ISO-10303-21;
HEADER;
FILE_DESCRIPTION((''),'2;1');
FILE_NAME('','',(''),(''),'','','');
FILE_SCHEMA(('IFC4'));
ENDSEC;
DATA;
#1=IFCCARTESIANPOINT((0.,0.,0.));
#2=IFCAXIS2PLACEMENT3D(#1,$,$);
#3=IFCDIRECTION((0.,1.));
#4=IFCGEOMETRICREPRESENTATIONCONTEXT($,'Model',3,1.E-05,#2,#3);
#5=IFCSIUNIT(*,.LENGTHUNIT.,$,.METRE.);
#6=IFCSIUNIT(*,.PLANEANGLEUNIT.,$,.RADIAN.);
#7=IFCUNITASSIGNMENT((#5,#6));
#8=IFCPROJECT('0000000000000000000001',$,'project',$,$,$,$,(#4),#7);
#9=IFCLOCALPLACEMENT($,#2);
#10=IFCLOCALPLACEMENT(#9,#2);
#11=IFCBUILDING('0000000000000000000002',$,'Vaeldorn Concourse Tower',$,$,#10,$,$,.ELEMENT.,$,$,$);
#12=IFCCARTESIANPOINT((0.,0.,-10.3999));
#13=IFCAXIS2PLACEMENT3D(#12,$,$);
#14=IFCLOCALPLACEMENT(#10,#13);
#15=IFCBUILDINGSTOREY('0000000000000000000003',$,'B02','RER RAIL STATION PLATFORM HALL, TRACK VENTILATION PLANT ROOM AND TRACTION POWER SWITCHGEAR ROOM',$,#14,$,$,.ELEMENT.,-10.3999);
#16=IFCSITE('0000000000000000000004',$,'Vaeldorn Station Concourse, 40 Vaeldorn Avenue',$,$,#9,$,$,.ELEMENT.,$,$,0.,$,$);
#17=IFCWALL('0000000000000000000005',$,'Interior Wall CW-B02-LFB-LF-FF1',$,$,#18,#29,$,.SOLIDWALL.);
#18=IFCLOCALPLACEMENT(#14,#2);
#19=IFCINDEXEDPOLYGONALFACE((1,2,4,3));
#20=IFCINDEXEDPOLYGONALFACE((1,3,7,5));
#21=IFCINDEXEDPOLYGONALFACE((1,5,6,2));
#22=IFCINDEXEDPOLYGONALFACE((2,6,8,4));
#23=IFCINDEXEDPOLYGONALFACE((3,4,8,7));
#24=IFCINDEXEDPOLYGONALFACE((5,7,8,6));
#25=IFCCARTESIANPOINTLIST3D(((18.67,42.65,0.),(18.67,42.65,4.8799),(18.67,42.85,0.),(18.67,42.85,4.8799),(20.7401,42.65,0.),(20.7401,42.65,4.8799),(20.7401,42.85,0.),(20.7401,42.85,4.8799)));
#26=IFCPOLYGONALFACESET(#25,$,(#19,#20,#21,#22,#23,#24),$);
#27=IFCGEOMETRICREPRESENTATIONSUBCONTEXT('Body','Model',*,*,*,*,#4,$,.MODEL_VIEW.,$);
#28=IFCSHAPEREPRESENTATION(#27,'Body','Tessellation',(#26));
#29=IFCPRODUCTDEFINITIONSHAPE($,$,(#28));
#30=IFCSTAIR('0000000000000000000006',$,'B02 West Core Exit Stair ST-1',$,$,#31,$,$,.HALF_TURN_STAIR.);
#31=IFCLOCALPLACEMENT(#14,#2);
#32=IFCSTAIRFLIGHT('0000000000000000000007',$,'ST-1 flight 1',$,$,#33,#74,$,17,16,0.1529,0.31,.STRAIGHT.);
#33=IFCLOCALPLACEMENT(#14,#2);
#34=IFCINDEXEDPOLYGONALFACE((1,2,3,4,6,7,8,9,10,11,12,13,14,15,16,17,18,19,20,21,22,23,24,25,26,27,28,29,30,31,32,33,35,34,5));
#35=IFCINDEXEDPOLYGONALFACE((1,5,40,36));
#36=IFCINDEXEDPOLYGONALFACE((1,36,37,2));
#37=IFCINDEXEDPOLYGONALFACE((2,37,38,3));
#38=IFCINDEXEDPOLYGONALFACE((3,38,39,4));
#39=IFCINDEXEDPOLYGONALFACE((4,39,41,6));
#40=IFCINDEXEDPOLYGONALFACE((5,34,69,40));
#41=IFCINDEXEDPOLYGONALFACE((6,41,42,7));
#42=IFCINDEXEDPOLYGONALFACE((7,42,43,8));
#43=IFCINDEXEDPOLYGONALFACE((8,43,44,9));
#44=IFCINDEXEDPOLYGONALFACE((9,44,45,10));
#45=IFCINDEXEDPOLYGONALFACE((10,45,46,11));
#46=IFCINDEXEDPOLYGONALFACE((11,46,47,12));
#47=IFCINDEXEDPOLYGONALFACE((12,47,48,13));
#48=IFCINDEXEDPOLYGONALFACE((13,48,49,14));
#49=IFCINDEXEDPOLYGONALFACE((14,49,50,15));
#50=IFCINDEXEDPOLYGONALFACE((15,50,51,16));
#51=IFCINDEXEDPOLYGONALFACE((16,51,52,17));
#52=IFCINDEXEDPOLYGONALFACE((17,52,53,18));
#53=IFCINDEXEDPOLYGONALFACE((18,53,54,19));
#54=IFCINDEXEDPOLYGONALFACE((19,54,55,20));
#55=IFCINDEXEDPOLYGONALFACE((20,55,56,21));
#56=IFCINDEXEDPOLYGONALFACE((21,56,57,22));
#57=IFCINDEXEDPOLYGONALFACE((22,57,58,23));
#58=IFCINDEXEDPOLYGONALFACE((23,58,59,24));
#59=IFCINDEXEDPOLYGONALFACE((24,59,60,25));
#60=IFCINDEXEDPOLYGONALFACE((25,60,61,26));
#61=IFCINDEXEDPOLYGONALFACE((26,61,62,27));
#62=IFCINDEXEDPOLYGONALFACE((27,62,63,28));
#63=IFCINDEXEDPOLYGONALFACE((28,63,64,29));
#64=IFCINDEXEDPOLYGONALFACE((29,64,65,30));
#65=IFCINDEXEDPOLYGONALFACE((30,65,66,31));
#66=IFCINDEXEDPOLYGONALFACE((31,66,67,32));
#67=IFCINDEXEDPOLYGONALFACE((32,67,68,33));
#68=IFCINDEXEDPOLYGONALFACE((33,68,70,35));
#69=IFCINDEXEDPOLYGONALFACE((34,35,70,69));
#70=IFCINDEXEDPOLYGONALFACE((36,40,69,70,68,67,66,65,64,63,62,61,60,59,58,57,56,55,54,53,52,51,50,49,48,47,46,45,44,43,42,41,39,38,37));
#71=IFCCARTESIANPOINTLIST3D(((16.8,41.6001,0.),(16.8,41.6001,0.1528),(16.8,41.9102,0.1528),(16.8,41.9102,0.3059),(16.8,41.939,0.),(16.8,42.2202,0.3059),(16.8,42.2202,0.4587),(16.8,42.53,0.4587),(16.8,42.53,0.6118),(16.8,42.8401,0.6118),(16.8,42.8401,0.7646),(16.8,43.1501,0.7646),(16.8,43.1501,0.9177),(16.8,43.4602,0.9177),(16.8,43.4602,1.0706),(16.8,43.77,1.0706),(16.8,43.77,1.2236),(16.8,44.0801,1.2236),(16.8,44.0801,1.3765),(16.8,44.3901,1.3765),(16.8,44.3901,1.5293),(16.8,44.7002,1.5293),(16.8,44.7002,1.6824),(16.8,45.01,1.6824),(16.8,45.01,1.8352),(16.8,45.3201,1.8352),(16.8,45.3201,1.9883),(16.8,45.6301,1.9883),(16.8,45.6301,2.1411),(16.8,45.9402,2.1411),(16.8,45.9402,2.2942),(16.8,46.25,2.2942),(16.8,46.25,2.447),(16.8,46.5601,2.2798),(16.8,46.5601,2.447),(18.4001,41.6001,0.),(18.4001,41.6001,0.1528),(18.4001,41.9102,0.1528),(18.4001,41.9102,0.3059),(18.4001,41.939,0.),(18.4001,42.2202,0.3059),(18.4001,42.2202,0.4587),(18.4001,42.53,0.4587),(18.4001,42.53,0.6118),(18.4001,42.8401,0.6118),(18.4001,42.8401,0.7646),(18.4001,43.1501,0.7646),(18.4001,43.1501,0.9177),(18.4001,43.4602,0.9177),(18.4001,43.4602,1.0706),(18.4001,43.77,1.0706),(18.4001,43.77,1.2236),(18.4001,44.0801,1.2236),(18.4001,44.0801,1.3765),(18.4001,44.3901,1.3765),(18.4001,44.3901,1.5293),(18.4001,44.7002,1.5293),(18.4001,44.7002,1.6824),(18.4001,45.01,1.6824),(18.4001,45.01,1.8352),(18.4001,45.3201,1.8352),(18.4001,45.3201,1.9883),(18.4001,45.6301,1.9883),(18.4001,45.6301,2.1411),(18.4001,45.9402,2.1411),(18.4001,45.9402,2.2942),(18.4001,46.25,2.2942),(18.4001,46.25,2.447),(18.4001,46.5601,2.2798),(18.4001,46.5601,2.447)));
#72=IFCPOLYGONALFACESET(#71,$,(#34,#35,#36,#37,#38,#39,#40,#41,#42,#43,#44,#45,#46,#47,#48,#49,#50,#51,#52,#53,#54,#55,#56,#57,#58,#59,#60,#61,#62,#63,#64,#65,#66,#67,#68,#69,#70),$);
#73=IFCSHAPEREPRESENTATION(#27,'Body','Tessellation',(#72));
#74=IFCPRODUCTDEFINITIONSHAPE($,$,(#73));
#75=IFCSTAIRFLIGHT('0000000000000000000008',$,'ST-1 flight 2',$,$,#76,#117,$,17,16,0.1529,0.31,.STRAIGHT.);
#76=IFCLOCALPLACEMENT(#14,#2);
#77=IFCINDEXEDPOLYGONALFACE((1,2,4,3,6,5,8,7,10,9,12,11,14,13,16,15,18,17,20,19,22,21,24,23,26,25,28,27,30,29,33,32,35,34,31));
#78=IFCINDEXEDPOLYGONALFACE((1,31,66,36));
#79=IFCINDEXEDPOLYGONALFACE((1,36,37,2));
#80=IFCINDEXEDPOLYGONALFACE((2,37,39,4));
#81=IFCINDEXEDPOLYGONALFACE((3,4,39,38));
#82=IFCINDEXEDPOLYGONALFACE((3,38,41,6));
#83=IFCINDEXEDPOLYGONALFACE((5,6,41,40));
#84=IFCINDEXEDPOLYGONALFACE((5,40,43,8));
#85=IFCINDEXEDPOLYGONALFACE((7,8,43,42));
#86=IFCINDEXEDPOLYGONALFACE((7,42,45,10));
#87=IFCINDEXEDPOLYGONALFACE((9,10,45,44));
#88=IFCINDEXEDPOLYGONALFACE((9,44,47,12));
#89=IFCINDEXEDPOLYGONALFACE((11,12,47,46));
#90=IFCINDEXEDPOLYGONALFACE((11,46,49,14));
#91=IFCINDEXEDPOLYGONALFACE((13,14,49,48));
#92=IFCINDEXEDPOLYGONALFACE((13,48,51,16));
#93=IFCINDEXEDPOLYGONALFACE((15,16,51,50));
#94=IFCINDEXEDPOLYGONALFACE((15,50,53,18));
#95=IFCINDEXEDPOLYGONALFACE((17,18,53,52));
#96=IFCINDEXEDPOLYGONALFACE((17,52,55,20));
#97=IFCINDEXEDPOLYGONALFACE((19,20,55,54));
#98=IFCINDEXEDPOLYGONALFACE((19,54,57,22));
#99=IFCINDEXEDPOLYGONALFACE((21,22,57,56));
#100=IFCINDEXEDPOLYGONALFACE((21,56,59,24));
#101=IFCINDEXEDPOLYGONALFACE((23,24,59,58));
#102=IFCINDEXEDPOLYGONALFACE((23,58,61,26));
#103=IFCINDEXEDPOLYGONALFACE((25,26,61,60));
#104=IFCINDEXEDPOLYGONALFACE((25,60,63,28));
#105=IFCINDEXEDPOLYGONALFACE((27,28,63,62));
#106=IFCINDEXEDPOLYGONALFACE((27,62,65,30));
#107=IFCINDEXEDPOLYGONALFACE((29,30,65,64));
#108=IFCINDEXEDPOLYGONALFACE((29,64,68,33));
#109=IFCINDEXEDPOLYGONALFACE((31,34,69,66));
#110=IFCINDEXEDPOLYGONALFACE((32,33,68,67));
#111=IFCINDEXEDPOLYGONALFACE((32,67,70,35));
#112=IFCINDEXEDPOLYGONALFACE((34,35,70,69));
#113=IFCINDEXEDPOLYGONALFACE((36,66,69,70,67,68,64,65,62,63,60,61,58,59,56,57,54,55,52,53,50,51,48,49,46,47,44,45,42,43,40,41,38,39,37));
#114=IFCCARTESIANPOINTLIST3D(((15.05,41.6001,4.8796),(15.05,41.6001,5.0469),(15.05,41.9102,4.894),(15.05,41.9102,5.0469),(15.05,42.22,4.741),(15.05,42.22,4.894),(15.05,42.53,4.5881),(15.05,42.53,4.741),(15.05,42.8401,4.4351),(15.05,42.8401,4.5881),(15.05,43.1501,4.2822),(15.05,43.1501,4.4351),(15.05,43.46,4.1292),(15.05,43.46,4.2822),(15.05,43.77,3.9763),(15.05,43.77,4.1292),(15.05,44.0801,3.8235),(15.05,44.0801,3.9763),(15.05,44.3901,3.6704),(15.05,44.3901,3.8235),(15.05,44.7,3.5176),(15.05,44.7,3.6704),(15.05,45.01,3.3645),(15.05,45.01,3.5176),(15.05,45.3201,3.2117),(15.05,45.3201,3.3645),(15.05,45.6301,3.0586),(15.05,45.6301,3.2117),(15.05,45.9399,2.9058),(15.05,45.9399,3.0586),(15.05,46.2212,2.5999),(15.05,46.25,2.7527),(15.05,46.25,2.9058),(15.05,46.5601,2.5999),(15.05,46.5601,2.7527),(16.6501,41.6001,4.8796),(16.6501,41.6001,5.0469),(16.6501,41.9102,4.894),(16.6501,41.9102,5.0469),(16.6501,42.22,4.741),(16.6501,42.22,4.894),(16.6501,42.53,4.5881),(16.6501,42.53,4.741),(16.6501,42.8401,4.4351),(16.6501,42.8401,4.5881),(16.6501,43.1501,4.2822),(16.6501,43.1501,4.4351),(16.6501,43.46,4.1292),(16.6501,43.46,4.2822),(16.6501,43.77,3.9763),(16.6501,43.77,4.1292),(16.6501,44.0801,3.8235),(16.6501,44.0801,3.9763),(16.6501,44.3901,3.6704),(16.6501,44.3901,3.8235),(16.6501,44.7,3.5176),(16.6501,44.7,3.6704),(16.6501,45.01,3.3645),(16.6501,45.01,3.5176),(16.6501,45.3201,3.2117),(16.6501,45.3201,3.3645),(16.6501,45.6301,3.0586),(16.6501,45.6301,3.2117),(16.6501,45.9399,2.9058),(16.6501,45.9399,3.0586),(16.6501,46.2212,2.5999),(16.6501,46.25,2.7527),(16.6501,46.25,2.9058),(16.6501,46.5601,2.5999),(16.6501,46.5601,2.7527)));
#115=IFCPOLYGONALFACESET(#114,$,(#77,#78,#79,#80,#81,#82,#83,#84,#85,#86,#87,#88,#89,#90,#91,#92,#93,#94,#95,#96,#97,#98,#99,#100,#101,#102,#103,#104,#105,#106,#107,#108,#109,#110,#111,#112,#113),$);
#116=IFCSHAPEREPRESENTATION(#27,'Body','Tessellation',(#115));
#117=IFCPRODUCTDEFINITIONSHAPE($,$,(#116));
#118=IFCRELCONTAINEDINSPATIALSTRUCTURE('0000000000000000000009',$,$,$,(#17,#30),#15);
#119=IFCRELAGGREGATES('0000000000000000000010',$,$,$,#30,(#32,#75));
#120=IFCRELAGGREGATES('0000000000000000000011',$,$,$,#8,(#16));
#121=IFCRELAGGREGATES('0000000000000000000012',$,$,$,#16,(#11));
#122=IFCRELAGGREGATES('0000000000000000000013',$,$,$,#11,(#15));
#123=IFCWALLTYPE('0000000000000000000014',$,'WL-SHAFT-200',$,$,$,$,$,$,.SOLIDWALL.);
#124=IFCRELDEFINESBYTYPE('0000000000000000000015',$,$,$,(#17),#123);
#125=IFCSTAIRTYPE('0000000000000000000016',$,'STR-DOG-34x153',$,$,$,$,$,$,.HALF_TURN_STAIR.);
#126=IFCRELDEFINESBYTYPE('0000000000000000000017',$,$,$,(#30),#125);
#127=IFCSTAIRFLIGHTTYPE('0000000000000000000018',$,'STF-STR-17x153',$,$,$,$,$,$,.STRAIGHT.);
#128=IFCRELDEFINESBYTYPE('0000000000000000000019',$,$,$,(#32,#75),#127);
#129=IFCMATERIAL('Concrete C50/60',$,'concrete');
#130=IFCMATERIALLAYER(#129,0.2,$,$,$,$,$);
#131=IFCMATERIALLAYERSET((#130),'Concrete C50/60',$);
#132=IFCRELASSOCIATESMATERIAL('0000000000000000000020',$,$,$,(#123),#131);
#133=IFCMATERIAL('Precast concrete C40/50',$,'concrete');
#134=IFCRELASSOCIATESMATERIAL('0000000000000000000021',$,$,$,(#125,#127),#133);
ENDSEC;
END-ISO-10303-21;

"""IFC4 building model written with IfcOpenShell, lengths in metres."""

from ifc_helpers import new_model, si_unit, direction, frame, frame_2d, origin, place, context, subcontext, project, spatial, polyline, rectangle, outline, extrude, material, layer, layer_set, type_object, element, aggregate, save


model = new_model("IFC4")

# Units and contexts
model_context = context("Model", 3, precision=1e-05, world=origin(), true_north=direction((0.0, 1.0)))
body_context = subcontext(model_context, "Body", "Model", "MODEL_VIEW")
ifc_project = project(units=[si_unit("LENGTHUNIT", "METRE"), si_unit("PLANEANGLEUNIT", "RADIAN")], contexts=[model_context])

# Site, building, storey
site_placement = place(None, origin())
site = spatial("IfcSite", under=ifc_project, at=site_placement, Name="Vaeldorn Station Concourse, 40 Vaeldorn Avenue", CompositionType="ELEMENT", RefElevation=0.0)
building_placement = place(site_placement, origin())
building = spatial("IfcBuilding", under=site, at=building_placement, Name="Vaeldorn Concourse Tower", CompositionType="ELEMENT")
storey_placement = place(building_placement, frame((0.0, 0.0, -10.3999)))
storey = spatial("IfcBuildingStorey", under=building, at=storey_placement, Name="B02", Description="RER RAIL STATION PLATFORM HALL, TRACK VENTILATION PLANT ROOM AND TRACTION POWER SWITCHGEAR ROOM", CompositionType="ELEMENT", Elevation=-10.3999)

# Shared definitions
ifc_material_1 = material(Name="Concrete C50/60", Category="concrete")
ifc_layer_1 = layer(ifc_material_1, 0.2)
ifc_layer_set_1 = layer_set([ifc_layer_1], Name="Concrete C50/60")
wall_type_1 = type_object("IfcWallType", Name="WL-SHAFT-200", PredefinedType="SOLIDWALL", material=ifc_layer_set_1)

# Wall
wall_1_placement = place(storey_placement, frame((18.6699, 42.75, 0.0), z_axis=(0.0, 0.0, 1.0), x_axis=(1.0, 0.0, 0.0)))
element("IfcWall", 1, at=wall_1_placement, inside=storey, type_object=wall_type_1, Name="Interior Wall CW-B02-LFB-LF-FF1", PredefinedType="SOLIDWALL", context=body_context, shape_type="SweptSolid", body=[
    extrude(rectangle(XDim=2.0701, YDim=0.2, at=frame_2d((1.0352, 0.0))), origin(), (0.0, 0.0, 1.0), 4.8799),
])

# Stair, stair flights
ifc_material_2 = material(Name="Precast concrete C40/50", Category="concrete")
stair_type = type_object("IfcStairType", Name="STR-DOG-34x153", PredefinedType="HALF_TURN_STAIR", material=ifc_material_2)
stair_placement = place(storey_placement, origin())
stair = element("IfcStair", 2, at=stair_placement, inside=storey, type_object=stair_type, Name="B02 West Core Exit Stair ST-1", PredefinedType="HALF_TURN_STAIR")
stair_flight_type = type_object("IfcStairFlightType", Name="STF-STR-17x153", PredefinedType="STRAIGHT", material=ifc_material_2)
stair_flight_1_placement = place(storey_placement, frame((17.6001, 41.6001, 0.0), z_axis=(0.0, 0.0, 1.0), x_axis=(0.0, 1.0, 0.0)))
stair_flight_1 = element("IfcStairFlight", 3, at=stair_flight_1_placement, type_object=stair_flight_type, Name="ST-1 flight 1", NumberOfRisers=17, NumberOfTreads=16, PredefinedType="STRAIGHT", RiserHeight=0.1529, TreadLength=0.31, context=body_context, shape_type="SweptSolid", body=[
    extrude(outline(polyline([(0.0, 0.0), (0.0, 0.1528), (0.3101, 0.1528), (0.3101, 0.3059), (0.6201, 0.3059), (0.6201, 0.4587), (0.9299, 0.4587), (0.9299, 0.6118), (1.24, 0.6118), (1.24, 0.7646), (1.55, 0.7646), (1.55, 0.9177), (1.8601, 0.9177), (1.8601, 1.0706), (2.1699, 1.0706), (2.1699, 1.2236), (2.48, 1.2236), (2.48, 1.3765), (2.79, 1.3765), (2.79, 1.5293), (3.1001, 1.5293), (3.1001, 1.6824), (3.4099, 1.6824), (3.4099, 1.8352), (3.72, 1.8352), (3.72, 1.9883), (4.03, 1.9883), (4.03, 2.1411), (4.3401, 2.1411), (4.3401, 2.2942), (4.6499, 2.2942), (4.6499, 2.447), (4.96, 2.447), (4.96, 2.6001), (4.96, 2.2798), (0.3389, 0.0), (0.0, 0.0)])), frame((0.0, 0.8, 0.0), z_axis=(0.0, -1.0, 0.0), x_axis=(1.0, 0.0, 0.0)), (0.0, 0.0, 1.0), 1.6001),
])
stair_flight_2_placement = place(storey_placement, frame((15.8501, 46.5601, 2.5999), z_axis=(0.0, 0.0, 1.0), x_axis=(0.0, -1.0, 0.0)))
stair_flight_2 = element("IfcStairFlight", 4, at=stair_flight_2_placement, type_object=stair_flight_type, Name="ST-1 flight 2", NumberOfRisers=17, NumberOfTreads=16, PredefinedType="STRAIGHT", RiserHeight=0.1529, TreadLength=0.31, context=body_context, shape_type="SweptSolid", body=[
    extrude(outline(polyline([(0.0, 0.0), (0.0, 0.1528), (0.3101, 0.1528), (0.3101, 0.3059), (0.6201, 0.3059), (0.6201, 0.4587), (0.9299, 0.4587), (0.9299, 0.6118), (1.24, 0.6118), (1.24, 0.7646), (1.55, 0.7646), (1.55, 0.9177), (1.8601, 0.9177), (1.8601, 1.0706), (2.1699, 1.0706), (2.1699, 1.2236), (2.48, 1.2236), (2.48, 1.3765), (2.79, 1.3765), (2.79, 1.5293), (3.1001, 1.5293), (3.1001, 1.6824), (3.4099, 1.6824), (3.4099, 1.8352), (3.72, 1.8352), (3.72, 1.9883), (4.03, 1.9883), (4.03, 2.1411), (4.3401, 2.1411), (4.3401, 2.2942), (4.6499, 2.2942), (4.6499, 2.447), (4.96, 2.447), (4.96, 2.6001), (4.96, 2.2798), (0.3389, 0.0), (0.0, 0.0)])), frame((0.0, 0.8, 0.0), z_axis=(0.0, -1.0, 0.0), x_axis=(1.0, 0.0, 0.0)), (0.0, 0.0, 1.0), 1.6001),
])
aggregate(stair, [stair_flight_1, stair_flight_2])

save(model, "model.ifc")
